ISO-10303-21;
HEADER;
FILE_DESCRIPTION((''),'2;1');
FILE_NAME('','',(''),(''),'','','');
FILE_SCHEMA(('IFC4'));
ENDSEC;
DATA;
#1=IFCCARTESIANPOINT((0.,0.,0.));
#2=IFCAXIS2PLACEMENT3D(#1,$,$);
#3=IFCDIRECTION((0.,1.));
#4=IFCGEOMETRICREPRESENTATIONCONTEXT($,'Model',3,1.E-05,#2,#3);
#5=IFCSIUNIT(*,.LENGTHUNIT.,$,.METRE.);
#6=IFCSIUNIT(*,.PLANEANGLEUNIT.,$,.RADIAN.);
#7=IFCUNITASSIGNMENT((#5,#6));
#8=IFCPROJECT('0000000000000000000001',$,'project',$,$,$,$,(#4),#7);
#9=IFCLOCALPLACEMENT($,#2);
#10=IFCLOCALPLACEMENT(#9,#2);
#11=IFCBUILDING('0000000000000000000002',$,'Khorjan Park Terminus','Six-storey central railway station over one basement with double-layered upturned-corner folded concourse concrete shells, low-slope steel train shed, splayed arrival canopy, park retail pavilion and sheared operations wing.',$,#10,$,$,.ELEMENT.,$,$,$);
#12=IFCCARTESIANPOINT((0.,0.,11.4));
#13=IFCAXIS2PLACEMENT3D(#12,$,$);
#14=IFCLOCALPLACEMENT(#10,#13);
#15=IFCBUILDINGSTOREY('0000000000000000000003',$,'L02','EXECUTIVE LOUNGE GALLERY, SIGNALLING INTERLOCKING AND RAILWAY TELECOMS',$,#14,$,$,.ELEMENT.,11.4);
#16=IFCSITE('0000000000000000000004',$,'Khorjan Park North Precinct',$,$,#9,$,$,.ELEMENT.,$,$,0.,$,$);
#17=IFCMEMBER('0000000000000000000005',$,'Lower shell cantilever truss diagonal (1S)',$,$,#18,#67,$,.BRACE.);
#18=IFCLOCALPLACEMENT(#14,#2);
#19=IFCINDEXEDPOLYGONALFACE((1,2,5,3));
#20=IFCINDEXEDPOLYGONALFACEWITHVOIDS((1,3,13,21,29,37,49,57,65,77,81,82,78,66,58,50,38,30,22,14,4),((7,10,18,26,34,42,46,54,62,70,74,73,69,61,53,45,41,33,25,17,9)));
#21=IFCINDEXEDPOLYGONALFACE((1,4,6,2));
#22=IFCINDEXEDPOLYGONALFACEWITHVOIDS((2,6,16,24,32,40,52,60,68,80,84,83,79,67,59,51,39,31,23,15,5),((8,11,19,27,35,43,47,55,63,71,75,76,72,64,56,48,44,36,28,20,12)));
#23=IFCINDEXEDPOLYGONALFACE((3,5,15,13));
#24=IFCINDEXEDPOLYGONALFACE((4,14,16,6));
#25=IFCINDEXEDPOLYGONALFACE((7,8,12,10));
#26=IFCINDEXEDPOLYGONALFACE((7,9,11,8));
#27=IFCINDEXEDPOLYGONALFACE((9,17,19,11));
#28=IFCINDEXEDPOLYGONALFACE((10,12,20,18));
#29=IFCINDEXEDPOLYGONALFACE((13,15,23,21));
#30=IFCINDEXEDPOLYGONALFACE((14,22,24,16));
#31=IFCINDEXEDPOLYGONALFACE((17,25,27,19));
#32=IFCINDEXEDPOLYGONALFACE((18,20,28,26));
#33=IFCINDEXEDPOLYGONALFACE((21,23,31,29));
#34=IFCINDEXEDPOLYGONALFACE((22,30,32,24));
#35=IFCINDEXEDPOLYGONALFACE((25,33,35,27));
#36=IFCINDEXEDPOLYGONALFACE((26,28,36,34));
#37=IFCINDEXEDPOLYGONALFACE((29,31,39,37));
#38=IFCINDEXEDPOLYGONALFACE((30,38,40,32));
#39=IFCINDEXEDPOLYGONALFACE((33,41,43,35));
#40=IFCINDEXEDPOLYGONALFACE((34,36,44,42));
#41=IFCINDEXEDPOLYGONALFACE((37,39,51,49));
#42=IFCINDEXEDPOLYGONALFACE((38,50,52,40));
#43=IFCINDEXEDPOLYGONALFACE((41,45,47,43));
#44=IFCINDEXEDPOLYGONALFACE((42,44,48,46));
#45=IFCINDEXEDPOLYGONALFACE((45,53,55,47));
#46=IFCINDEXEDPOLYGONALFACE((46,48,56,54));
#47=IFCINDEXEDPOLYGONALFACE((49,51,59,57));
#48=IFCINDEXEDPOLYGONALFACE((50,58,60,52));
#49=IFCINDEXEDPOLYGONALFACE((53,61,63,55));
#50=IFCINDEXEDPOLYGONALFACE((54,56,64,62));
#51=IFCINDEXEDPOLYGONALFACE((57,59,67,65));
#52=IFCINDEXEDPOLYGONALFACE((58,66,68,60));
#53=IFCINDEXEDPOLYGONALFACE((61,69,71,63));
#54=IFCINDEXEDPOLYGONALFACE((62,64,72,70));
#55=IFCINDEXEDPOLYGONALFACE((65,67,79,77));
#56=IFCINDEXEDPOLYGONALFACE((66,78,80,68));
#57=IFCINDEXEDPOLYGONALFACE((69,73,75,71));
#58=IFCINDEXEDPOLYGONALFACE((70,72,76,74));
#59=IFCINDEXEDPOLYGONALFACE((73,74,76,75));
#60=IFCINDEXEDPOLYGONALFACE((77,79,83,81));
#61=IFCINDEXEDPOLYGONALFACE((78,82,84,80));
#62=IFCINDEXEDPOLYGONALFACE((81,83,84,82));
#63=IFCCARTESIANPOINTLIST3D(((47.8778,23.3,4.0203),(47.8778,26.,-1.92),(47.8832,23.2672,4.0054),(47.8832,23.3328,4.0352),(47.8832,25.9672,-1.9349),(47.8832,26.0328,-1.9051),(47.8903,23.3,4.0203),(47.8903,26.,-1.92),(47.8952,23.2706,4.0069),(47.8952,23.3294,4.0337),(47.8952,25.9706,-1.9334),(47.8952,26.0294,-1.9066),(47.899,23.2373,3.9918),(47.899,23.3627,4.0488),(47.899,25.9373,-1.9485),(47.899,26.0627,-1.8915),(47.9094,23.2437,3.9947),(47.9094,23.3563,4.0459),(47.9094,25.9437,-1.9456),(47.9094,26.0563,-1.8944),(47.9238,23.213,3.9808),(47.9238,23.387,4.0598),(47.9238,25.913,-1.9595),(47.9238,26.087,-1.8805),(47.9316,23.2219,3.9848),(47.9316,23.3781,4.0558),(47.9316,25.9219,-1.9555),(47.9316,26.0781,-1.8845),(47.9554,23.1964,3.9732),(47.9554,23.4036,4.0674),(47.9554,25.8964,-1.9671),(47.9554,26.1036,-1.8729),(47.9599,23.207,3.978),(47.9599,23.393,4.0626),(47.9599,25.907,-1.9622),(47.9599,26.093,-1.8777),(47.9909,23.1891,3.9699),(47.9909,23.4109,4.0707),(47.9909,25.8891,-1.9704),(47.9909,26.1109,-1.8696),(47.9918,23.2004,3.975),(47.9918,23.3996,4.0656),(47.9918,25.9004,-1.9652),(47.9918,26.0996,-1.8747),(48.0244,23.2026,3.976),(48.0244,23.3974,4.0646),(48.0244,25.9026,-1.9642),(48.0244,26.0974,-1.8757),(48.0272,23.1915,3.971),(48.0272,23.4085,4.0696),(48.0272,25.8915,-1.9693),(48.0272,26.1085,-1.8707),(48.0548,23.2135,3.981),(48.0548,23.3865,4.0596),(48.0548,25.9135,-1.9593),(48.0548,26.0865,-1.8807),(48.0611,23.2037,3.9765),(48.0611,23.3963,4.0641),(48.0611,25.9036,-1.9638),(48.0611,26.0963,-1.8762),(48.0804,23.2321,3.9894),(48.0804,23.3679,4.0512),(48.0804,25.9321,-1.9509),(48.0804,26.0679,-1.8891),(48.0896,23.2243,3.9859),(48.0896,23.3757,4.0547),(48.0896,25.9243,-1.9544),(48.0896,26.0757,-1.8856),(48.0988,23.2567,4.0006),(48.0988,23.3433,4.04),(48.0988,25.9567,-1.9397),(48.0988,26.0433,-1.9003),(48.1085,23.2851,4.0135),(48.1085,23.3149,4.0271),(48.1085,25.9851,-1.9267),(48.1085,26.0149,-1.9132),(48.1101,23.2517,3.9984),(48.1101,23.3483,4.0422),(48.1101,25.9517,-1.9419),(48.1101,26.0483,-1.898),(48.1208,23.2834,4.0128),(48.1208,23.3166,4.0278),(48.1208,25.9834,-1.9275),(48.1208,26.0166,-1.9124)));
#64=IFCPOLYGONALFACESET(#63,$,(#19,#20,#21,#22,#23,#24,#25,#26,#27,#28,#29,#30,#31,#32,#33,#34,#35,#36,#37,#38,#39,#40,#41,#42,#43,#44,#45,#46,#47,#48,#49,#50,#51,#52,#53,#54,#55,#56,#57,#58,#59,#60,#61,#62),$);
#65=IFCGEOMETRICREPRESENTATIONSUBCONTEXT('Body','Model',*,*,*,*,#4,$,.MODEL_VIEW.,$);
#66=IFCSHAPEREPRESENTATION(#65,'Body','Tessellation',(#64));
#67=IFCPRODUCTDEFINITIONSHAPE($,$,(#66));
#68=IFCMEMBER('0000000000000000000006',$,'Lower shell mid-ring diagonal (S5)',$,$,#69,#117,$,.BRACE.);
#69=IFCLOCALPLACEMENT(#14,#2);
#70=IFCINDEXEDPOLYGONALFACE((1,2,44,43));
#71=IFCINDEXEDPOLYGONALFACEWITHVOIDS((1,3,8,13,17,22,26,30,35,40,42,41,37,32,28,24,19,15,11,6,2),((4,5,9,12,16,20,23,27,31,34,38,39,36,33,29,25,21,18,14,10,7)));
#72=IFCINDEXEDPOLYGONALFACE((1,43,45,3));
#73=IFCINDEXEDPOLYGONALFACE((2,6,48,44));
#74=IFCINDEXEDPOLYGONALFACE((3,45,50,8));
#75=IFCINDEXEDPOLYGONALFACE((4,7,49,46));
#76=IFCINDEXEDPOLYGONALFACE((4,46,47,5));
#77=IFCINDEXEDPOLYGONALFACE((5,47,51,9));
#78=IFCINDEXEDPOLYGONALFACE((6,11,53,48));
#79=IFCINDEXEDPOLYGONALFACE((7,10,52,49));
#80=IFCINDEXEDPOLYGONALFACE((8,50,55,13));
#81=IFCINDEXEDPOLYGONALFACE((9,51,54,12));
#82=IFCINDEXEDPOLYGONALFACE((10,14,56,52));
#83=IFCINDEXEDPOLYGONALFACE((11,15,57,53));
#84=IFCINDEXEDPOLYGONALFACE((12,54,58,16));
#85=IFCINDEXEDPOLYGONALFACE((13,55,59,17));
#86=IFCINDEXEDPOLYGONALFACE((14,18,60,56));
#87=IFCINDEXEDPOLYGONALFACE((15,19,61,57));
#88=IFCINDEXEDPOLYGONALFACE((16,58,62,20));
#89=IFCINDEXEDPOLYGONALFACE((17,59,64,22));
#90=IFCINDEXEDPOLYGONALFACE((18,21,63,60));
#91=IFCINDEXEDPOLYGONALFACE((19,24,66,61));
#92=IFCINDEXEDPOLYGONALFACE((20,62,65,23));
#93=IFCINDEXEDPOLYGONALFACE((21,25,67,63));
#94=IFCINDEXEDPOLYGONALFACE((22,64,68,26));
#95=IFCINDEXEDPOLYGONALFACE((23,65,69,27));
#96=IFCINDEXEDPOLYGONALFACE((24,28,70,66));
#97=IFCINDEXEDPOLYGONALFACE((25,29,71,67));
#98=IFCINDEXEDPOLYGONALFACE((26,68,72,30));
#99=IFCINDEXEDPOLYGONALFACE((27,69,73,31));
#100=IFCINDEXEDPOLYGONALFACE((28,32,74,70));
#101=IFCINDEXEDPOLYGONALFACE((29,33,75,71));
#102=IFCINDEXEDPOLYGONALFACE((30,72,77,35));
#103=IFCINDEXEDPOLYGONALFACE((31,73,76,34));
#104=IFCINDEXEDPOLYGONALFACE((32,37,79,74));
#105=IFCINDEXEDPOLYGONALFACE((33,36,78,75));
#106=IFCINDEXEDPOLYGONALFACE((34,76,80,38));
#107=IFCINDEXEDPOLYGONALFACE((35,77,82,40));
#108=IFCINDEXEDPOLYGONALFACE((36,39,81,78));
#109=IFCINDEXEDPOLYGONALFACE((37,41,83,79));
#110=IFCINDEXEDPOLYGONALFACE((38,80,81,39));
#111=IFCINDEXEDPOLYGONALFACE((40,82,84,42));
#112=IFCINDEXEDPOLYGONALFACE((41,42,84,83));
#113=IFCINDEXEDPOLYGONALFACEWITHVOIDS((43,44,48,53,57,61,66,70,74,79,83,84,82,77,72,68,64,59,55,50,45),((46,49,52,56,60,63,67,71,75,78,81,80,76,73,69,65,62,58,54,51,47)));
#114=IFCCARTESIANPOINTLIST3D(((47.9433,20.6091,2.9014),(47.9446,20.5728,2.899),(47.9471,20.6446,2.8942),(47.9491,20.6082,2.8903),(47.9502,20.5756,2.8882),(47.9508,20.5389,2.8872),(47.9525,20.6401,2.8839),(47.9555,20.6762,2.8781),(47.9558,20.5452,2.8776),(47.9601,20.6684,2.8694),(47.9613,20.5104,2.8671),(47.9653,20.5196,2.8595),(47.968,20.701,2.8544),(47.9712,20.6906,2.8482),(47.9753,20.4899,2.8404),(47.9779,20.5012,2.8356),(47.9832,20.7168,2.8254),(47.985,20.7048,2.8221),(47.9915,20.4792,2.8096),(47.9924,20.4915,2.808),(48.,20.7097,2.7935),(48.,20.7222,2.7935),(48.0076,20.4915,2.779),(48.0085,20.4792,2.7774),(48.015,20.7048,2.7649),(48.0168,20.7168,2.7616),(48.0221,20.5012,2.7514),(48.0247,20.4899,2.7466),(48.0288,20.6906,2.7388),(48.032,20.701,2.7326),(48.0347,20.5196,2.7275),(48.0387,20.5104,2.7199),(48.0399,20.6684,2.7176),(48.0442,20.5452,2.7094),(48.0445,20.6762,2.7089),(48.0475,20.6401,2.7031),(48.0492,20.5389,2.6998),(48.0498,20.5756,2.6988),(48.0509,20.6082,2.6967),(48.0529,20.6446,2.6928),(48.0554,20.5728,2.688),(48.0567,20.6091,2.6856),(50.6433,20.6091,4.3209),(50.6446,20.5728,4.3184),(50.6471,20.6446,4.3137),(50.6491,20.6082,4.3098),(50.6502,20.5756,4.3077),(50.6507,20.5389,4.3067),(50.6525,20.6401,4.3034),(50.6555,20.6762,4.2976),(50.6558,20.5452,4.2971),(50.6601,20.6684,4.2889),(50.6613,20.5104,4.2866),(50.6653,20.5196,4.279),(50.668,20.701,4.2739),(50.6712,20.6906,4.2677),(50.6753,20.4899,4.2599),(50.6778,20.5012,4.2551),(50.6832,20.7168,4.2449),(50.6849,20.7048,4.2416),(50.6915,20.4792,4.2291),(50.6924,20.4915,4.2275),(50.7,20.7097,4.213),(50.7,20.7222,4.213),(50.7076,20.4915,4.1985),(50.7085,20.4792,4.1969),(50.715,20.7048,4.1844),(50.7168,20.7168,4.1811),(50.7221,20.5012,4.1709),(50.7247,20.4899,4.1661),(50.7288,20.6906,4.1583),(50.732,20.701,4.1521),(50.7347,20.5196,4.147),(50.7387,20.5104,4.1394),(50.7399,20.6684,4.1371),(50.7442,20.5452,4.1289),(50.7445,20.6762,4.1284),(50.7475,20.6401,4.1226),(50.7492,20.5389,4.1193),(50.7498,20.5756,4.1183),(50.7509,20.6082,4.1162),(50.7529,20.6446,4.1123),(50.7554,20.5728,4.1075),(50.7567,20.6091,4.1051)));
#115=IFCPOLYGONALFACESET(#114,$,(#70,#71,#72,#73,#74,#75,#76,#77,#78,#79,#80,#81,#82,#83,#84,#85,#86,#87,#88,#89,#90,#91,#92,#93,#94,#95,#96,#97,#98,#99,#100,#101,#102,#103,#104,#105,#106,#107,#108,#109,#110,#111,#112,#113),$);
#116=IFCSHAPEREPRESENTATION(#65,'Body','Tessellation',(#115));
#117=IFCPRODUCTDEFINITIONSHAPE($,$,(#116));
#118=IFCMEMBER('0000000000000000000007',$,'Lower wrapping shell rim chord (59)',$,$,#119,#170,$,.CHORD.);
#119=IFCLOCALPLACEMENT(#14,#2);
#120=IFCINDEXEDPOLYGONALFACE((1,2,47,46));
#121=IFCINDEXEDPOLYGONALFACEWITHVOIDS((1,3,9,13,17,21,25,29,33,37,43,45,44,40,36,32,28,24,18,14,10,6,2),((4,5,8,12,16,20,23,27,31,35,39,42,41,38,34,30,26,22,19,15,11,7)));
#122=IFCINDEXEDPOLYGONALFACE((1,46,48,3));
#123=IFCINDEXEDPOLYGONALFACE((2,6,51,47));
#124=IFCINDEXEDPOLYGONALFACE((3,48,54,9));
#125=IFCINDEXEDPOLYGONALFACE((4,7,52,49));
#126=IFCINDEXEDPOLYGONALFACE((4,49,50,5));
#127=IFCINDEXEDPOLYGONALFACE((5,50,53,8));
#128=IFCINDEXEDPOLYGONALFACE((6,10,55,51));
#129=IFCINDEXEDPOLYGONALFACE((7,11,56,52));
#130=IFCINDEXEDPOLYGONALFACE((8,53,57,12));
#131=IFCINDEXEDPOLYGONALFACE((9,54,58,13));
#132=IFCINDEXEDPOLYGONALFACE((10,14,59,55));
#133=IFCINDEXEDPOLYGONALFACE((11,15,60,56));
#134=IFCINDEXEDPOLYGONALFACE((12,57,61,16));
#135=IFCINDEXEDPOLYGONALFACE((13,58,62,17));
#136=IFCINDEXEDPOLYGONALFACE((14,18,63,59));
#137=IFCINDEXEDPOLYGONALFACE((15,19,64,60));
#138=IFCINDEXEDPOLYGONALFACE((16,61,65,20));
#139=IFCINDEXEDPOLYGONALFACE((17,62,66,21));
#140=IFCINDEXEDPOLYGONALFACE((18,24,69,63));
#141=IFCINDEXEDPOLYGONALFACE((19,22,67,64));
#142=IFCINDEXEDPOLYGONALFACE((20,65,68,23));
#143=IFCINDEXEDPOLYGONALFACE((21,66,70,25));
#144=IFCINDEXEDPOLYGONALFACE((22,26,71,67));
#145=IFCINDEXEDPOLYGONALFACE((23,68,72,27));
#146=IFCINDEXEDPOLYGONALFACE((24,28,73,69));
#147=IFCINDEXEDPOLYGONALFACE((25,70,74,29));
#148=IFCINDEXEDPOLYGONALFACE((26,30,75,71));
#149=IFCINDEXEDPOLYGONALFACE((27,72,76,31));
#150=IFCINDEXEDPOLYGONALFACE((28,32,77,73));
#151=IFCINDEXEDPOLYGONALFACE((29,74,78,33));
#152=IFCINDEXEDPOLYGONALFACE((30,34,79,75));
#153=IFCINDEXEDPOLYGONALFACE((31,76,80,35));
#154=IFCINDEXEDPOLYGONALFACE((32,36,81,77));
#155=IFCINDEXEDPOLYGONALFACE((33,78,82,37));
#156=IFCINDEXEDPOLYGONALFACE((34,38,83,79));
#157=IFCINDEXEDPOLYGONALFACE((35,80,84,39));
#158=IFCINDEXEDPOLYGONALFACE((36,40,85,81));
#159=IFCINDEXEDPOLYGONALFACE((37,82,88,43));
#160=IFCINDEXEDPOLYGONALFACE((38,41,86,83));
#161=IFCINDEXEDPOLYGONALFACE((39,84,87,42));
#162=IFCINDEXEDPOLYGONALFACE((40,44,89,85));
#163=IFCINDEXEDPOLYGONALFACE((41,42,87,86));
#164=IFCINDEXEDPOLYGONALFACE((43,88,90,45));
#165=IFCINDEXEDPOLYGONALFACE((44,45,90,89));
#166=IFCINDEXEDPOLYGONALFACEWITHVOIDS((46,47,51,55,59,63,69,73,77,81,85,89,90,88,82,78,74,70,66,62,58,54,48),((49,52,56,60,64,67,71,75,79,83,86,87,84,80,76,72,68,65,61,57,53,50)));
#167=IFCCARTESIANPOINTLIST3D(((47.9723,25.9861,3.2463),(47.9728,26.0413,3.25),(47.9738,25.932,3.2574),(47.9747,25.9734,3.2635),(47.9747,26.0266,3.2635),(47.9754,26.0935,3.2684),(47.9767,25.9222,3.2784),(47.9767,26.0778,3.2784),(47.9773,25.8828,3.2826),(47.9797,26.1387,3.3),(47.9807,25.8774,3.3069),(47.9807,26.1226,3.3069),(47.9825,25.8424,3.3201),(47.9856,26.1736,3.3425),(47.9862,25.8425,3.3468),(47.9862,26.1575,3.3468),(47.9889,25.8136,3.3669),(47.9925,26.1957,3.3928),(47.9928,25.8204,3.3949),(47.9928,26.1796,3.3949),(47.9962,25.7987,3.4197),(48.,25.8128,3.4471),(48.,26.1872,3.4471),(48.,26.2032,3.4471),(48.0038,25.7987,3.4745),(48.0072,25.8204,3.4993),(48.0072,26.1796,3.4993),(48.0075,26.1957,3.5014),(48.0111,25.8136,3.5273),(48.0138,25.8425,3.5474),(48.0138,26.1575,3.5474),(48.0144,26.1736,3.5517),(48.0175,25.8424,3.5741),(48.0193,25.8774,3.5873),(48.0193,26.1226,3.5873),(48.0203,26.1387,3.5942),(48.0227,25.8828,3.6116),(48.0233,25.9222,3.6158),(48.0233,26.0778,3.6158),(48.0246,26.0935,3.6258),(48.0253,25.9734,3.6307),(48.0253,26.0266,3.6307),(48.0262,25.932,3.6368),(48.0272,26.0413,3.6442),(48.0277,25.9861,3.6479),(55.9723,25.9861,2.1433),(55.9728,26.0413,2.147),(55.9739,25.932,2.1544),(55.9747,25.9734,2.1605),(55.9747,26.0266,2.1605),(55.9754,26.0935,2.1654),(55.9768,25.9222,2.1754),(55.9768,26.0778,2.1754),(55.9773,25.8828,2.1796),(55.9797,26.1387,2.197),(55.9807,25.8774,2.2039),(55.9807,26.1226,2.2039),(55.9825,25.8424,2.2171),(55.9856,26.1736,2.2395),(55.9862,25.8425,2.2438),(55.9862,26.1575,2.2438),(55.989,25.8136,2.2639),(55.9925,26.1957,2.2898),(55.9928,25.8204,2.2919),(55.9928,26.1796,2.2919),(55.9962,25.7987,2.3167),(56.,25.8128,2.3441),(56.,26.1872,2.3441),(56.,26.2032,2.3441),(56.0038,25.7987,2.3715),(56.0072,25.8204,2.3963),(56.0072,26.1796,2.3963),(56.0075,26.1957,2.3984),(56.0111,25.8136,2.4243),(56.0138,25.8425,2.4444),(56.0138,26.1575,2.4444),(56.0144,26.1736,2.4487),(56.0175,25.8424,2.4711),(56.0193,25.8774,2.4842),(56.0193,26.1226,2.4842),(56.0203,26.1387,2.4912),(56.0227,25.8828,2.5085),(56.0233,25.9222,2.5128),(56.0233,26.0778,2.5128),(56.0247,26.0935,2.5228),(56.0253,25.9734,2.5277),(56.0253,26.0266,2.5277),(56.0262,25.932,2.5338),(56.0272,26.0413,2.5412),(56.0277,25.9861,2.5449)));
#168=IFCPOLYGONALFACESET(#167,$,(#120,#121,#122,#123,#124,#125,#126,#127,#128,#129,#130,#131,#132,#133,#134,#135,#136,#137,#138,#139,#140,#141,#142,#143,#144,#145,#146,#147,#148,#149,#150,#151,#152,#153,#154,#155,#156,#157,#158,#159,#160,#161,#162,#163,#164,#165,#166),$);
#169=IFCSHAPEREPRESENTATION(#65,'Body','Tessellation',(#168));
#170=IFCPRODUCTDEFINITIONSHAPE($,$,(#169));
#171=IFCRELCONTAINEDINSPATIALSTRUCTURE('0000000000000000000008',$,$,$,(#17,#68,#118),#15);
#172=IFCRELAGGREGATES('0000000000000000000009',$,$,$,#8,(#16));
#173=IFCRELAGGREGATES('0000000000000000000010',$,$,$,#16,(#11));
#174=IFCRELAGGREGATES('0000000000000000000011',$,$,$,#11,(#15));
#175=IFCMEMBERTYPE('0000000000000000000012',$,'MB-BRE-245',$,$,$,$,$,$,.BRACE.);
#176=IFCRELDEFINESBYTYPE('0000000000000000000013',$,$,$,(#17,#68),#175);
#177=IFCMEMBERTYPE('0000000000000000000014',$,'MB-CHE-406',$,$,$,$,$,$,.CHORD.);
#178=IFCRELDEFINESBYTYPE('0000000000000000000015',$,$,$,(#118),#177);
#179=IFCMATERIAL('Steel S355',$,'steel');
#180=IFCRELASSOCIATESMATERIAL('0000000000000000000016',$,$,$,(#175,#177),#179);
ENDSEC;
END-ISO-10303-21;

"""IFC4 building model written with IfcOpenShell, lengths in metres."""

from ifc_helpers import new_model, si_unit, direction, frame, origin, origin_2d, place, context, subcontext, project, spatial, hollow_circle, extrude, material, material_profile, profile_set, type_object, element, save


model = new_model("IFC4")

# Units and contexts
model_context = context("Model", 3, precision=1e-05, world=origin(), true_north=direction((0.0, 1.0)))
body_context = subcontext(model_context, "Body", "Model", "MODEL_VIEW")
ifc_project = project(units=[si_unit("LENGTHUNIT", "METRE"), si_unit("PLANEANGLEUNIT", "RADIAN")], contexts=[model_context])

# Site, building, storey
site_placement = place(None, origin())
site = spatial("IfcSite", under=ifc_project, at=site_placement, Name="Khorjan Park North Precinct", CompositionType="ELEMENT", RefElevation=0.0)
building_placement = place(site_placement, origin())
building = spatial("IfcBuilding", under=site, at=building_placement, Name="Khorjan Park Terminus", Description="Six-storey central railway station over one basement with double-layered upturned-corner folded concourse concrete shells, low-slope steel train shed, splayed arrival canopy, park retail pavilion and sheared operations wing.", CompositionType="ELEMENT")
storey_placement = place(building_placement, frame((0.0, 0.0, 11.4)))
storey = spatial("IfcBuildingStorey", under=building, at=storey_placement, Name="L02", Description="EXECUTIVE LOUNGE GALLERY, SIGNALLING INTERLOCKING AND RAILWAY TELECOMS", CompositionType="ELEMENT", Elevation=11.4)

# Members
ifc_material_1 = material(Name="Steel S355", Category="steel")
ifc_material_profile_1 = material_profile(ifc_material_1, hollow_circle(Radius=0.1222, WallThickness=0.0125, at=origin_2d()), Name="CHS 244.5x12.5")
ifc_profile_set_1 = profile_set([ifc_material_profile_1], Name="Steel S355")
member_type_1 = type_object("IfcMemberType", Name="MB-BRE-245", PredefinedType="BRACE", material=ifc_profile_set_1)
member_1_placement = place(storey_placement, frame((48.0, 23.3, 4.0203), z_axis=(0.0, 0.413786, -0.910374), x_axis=(-1.0, 0.0, 0.0)))
element("IfcMember", 1, at=member_1_placement, inside=storey, type_object=member_type_1, Name="Lower shell cantilever truss diagonal (1S)", PredefinedType="BRACE", context=body_context, shape_type="SweptSolid", body=[
    extrude(hollow_circle(Radius=0.1222, WallThickness=0.0125, at=origin_2d()), origin(), (0.0, 0.0, 1.0), 6.5251),
])
member_2_placement = place(storey_placement, frame((48.0, 20.6, 2.7935), z_axis=(0.885128, 0.0, 0.465348), x_axis=(0.0, 1.0, 0.0)))
element("IfcMember", 2, at=member_2_placement, inside=storey, type_object=member_type_1, Name="Lower shell mid-ring diagonal (S5)", PredefinedType="BRACE", context=body_context, shape_type="SweptSolid", body=[
    extrude(hollow_circle(Radius=0.1222, WallThickness=0.0125, at=origin_2d()), origin(), (0.0, 0.0, 1.0), 3.0504),
])
ifc_material_profile_2 = material_profile(ifc_material_1, hollow_circle(Radius=0.2032, WallThickness=0.016, at=origin_2d()), Name="CHS 406.4x16")
ifc_profile_set_2 = profile_set([ifc_material_profile_2], Name="Steel S355")
member_type_2 = type_object("IfcMemberType", Name="MB-CHE-406", PredefinedType="CHORD", material=ifc_profile_set_2)
member_3_placement = place(storey_placement, frame((48.0, 26.0, 3.4471), z_axis=(0.990629, 0.0, -0.136583), x_axis=(0.0, 1.0, 0.0)))
element("IfcMember", 3, at=member_3_placement, inside=storey, type_object=member_type_2, Name="Lower wrapping shell rim chord (59)", PredefinedType="CHORD", context=body_context, shape_type="SweptSolid", body=[
    extrude(hollow_circle(Radius=0.2032, WallThickness=0.016, at=origin_2d()), origin(), (0.0, 0.0, 1.0), 8.0757),
])

save(model, "model.ifc")
